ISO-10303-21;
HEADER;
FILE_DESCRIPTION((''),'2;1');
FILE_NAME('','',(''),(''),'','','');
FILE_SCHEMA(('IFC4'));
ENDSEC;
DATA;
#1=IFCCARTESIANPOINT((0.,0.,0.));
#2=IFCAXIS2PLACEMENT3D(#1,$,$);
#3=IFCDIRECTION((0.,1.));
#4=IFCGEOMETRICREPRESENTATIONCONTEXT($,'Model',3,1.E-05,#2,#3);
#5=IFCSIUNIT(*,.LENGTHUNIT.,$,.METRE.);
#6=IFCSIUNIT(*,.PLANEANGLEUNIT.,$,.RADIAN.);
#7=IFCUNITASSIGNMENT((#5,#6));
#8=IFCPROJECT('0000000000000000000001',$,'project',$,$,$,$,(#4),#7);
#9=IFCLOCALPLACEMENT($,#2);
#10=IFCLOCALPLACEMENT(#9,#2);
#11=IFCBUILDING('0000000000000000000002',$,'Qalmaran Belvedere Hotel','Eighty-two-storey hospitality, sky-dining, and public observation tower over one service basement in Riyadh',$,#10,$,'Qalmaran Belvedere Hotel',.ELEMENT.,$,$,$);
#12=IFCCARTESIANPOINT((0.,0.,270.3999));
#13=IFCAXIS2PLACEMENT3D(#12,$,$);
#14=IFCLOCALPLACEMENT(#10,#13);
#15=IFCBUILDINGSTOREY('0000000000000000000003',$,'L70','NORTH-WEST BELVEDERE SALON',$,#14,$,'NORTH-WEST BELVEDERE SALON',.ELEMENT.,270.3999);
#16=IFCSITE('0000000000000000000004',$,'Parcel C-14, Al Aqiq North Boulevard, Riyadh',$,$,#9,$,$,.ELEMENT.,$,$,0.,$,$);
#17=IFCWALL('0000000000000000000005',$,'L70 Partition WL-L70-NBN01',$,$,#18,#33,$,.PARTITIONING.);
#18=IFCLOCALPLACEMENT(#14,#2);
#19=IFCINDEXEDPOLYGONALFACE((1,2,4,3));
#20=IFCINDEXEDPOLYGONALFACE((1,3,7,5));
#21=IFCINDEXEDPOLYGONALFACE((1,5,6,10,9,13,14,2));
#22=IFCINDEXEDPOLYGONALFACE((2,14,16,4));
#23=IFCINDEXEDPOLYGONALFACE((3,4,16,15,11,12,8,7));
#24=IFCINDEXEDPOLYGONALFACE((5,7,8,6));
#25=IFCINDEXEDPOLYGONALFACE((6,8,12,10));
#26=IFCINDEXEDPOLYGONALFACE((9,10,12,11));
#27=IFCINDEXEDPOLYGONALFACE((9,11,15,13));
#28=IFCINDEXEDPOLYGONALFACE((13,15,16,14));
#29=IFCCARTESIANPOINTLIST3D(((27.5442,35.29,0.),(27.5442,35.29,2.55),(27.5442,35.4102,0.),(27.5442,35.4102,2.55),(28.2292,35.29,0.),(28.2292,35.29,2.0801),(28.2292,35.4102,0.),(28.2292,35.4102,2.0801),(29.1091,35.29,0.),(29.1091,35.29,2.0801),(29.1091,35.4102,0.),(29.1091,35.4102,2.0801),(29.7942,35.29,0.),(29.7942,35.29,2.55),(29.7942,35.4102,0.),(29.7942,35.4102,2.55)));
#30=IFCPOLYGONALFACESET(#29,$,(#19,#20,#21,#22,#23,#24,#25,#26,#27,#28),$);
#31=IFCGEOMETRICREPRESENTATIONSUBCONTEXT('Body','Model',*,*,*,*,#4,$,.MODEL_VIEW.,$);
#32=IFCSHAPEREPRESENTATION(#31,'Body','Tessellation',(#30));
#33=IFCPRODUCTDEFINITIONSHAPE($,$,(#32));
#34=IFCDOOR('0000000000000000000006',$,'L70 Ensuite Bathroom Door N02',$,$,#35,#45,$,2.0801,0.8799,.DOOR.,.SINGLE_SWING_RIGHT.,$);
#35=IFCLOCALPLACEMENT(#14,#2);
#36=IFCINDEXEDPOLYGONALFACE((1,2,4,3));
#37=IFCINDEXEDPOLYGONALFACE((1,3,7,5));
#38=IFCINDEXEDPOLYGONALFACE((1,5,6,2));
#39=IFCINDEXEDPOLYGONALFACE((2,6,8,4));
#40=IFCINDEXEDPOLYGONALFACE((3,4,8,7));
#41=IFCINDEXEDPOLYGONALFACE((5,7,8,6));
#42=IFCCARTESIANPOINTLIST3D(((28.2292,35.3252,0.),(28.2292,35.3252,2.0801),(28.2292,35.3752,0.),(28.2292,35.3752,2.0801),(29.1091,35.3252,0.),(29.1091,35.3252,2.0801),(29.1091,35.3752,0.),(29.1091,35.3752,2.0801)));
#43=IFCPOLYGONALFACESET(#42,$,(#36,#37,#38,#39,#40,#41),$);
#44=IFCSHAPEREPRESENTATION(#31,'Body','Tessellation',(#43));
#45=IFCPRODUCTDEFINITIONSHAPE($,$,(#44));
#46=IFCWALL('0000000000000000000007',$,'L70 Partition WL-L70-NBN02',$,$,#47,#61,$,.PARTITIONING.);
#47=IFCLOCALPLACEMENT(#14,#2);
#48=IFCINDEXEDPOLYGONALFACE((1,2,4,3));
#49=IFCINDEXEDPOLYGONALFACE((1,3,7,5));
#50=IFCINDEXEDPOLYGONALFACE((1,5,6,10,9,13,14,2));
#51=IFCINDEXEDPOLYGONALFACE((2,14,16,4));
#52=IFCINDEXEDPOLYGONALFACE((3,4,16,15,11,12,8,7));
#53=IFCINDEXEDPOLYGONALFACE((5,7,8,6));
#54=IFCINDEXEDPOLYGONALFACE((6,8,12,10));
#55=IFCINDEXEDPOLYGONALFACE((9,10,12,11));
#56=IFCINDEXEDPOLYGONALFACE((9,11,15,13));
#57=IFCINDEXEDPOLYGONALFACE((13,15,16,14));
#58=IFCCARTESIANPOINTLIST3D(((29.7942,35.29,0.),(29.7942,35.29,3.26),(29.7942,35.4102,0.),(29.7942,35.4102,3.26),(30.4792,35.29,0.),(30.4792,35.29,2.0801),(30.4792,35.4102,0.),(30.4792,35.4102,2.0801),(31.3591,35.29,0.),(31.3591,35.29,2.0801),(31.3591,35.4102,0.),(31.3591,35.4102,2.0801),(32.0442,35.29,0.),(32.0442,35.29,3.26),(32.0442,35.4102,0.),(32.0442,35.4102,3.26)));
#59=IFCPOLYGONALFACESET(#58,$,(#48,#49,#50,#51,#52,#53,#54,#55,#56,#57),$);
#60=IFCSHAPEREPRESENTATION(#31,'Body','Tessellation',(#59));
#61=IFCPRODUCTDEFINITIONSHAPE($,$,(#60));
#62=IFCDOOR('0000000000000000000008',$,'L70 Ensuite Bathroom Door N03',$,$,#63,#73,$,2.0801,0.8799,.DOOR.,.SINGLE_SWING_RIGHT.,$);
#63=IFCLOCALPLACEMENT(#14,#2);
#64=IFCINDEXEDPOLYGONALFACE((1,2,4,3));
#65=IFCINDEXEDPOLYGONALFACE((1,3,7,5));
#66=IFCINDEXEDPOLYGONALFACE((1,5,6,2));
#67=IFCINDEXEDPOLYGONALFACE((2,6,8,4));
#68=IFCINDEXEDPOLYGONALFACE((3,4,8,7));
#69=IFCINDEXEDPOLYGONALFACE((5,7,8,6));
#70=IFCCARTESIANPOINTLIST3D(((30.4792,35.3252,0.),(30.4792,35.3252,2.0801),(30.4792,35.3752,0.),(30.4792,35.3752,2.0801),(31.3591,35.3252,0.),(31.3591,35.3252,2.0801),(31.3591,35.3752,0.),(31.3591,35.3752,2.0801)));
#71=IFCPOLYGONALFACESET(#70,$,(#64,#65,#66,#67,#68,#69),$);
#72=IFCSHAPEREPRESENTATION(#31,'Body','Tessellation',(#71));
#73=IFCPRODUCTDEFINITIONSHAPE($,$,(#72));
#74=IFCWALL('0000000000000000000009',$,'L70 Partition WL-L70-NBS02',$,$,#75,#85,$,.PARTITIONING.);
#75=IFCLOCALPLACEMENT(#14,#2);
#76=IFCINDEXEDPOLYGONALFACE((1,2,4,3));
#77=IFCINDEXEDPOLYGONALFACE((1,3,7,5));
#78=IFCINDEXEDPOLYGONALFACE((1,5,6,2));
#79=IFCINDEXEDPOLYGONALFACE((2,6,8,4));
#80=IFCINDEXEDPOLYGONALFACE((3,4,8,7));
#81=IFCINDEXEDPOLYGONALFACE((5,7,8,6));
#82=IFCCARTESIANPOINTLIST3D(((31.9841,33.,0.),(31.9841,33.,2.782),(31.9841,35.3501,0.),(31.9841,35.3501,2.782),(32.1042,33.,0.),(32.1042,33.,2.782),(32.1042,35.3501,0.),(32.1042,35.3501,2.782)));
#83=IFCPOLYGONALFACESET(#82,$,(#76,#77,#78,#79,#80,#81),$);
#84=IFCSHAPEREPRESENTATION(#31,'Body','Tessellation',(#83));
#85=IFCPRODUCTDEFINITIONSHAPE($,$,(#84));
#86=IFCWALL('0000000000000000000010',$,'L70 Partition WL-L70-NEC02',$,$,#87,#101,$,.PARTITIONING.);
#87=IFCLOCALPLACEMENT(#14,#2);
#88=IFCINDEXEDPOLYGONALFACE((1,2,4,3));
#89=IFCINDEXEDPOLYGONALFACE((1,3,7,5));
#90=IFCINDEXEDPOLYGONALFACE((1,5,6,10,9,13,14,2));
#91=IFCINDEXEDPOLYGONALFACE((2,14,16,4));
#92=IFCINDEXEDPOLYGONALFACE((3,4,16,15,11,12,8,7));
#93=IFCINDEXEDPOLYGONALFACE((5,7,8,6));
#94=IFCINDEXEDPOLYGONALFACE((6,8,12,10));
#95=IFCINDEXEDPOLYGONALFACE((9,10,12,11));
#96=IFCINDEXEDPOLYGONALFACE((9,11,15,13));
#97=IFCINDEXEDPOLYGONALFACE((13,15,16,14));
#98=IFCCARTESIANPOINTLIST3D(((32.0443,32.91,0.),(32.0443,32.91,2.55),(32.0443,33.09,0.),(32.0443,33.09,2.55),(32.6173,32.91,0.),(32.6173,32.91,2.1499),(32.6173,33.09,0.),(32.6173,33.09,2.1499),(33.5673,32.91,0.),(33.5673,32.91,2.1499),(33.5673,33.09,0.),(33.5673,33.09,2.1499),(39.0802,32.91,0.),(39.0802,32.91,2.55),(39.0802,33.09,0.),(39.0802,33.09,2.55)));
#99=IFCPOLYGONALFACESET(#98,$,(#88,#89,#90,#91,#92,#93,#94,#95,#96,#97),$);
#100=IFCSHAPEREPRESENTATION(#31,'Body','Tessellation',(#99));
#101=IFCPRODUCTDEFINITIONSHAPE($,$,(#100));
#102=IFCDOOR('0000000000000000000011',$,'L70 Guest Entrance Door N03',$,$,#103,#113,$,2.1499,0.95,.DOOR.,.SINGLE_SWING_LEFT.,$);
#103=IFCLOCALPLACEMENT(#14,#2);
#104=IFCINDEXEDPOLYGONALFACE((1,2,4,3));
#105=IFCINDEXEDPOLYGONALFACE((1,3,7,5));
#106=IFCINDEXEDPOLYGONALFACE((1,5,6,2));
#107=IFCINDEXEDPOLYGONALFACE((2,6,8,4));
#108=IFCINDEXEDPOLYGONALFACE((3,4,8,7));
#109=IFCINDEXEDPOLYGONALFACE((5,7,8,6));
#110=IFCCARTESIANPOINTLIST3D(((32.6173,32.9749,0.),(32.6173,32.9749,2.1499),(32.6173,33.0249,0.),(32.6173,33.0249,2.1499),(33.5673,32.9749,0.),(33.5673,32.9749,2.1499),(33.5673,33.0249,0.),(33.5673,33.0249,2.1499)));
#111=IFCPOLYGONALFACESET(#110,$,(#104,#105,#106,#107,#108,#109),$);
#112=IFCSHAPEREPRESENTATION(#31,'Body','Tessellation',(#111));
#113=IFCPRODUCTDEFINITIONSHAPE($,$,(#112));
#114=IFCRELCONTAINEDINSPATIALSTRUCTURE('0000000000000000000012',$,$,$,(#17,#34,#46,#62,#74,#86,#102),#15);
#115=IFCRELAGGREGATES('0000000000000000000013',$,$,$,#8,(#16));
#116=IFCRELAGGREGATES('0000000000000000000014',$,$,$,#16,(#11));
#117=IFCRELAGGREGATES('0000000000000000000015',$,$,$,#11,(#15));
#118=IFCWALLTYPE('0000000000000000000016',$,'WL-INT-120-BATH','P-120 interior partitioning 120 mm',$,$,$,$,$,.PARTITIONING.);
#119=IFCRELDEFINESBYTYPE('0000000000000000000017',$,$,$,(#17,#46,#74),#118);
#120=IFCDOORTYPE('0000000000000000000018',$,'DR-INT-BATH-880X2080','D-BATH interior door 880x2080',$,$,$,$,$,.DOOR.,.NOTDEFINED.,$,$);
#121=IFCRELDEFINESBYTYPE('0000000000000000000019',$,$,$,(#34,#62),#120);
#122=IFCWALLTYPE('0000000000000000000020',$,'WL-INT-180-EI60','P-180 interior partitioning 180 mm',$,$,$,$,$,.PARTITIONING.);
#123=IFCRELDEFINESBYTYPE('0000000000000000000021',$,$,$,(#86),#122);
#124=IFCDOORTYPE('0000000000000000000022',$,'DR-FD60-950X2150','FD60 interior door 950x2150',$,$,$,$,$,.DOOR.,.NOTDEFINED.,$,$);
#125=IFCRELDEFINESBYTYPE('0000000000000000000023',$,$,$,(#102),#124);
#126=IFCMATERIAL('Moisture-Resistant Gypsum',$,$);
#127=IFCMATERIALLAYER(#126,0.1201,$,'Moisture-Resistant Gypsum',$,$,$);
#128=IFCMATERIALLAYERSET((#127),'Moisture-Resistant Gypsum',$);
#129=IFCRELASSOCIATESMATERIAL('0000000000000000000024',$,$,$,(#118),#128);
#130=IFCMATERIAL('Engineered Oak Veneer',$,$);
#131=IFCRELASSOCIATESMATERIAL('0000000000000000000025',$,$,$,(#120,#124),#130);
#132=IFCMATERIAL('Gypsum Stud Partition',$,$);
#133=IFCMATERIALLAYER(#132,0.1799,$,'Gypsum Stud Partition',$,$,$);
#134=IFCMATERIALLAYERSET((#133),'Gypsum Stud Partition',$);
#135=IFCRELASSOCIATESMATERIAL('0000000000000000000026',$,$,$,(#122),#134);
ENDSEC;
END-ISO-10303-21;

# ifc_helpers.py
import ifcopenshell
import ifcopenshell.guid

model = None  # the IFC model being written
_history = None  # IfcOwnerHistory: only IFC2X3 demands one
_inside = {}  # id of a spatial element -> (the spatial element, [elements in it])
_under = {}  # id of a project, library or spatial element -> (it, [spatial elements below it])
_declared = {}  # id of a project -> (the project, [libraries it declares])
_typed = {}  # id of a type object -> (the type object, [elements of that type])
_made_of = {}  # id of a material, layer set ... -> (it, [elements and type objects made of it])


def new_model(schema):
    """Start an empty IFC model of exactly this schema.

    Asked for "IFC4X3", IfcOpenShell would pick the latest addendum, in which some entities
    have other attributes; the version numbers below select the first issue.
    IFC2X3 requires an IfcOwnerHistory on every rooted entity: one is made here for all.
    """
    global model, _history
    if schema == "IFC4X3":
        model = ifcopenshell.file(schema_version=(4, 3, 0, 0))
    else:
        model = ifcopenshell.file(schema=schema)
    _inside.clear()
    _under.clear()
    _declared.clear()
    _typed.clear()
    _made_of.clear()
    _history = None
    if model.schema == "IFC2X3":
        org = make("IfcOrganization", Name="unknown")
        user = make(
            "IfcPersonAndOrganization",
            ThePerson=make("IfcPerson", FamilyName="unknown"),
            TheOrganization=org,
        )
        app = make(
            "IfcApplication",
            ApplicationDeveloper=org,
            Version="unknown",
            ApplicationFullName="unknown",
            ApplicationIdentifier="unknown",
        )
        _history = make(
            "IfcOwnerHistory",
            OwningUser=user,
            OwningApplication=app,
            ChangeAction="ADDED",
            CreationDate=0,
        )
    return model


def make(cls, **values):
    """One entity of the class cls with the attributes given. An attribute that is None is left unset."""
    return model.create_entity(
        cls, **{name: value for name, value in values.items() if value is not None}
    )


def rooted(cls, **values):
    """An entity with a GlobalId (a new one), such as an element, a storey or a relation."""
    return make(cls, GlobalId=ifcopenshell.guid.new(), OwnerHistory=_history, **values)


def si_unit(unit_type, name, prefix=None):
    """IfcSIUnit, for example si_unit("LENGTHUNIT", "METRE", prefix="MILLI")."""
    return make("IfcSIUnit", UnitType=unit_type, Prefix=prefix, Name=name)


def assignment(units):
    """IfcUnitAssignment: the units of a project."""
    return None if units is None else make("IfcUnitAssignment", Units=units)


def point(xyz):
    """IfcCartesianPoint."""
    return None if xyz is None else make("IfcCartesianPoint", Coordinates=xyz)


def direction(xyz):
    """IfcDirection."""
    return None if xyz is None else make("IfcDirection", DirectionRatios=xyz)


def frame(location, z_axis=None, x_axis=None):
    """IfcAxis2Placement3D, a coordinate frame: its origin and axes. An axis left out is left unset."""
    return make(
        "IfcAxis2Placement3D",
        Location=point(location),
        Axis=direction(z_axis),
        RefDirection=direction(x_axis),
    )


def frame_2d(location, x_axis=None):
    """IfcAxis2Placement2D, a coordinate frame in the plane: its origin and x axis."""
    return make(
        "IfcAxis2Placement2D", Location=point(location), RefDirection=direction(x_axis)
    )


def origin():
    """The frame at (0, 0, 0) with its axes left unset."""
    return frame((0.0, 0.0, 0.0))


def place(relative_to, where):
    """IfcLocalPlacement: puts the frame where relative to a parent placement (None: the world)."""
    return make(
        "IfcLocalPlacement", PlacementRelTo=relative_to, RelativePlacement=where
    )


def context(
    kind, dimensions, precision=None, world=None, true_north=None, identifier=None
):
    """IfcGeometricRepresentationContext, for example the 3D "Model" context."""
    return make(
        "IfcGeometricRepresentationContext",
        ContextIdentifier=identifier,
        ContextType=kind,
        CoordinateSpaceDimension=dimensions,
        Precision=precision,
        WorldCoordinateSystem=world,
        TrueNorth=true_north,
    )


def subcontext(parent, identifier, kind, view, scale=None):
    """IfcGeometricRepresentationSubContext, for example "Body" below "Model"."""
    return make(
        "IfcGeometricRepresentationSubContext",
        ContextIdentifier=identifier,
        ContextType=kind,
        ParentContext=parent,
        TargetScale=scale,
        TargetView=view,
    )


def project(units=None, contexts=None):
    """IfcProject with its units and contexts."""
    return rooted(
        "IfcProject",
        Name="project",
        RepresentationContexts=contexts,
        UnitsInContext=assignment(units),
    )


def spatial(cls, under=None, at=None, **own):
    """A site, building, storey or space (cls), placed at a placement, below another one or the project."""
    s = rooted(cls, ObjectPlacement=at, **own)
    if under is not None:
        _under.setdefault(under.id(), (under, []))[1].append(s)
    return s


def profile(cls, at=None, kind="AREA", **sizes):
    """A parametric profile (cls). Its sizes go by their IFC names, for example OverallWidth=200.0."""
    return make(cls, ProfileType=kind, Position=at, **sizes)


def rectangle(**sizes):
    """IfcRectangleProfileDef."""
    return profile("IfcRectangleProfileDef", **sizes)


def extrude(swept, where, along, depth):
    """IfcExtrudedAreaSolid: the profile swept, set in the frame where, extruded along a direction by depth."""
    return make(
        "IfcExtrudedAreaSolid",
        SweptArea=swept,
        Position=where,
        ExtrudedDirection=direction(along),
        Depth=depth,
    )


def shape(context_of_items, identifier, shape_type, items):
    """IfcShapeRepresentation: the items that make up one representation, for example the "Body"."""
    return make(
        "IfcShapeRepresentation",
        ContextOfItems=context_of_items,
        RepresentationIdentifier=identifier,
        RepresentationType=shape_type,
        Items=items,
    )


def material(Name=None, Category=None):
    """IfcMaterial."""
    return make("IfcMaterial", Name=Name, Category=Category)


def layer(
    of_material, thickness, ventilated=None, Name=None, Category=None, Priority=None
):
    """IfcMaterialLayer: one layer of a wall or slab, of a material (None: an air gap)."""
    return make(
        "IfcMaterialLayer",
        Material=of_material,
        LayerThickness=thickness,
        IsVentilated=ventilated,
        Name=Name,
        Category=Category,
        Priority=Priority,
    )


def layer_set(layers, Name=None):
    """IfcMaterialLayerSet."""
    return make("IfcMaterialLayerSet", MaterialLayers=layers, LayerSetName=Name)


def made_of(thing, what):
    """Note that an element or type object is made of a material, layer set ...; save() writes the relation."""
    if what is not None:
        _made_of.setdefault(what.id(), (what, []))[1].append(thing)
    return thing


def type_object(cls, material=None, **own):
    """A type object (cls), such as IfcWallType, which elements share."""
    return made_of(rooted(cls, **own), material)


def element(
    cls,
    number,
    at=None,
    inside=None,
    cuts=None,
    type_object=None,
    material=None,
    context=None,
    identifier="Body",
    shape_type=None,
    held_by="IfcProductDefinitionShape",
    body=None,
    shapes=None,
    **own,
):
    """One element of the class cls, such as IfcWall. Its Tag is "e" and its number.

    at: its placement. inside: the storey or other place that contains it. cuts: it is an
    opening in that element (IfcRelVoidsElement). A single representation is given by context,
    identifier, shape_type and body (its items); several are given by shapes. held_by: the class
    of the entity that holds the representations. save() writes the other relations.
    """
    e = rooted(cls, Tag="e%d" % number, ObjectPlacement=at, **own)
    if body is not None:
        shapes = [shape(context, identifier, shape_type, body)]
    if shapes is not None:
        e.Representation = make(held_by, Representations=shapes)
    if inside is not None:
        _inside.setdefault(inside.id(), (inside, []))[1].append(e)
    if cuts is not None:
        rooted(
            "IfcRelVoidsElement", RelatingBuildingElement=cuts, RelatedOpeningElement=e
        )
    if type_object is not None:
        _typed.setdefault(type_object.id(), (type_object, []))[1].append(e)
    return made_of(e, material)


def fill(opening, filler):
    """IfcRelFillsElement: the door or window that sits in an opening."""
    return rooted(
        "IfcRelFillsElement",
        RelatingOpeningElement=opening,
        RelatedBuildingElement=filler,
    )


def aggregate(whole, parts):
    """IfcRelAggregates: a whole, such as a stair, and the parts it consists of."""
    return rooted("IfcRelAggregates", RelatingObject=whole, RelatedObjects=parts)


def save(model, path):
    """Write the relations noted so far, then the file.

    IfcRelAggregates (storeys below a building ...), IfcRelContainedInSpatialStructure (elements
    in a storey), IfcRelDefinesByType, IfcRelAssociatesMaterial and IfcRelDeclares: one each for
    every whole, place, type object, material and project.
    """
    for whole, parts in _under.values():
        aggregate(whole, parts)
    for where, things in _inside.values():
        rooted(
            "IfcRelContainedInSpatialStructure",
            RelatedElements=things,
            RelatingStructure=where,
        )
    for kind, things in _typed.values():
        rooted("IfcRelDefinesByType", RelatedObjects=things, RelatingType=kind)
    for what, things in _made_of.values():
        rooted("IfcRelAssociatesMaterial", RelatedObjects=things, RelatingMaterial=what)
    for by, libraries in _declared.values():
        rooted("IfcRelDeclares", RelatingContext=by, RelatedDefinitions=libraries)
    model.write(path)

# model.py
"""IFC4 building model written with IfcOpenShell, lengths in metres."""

from ifc_helpers import new_model, si_unit, direction, frame, frame_2d, origin, place, context, subcontext, project, spatial, rectangle, extrude, material, layer, layer_set, type_object, element, fill, save


model = new_model("IFC4")

# Units and contexts
model_context = context("Model", 3, precision=1e-05, world=origin(), true_north=direction((0.0, 1.0)))
body_context = subcontext(model_context, "Body", "Model", "MODEL_VIEW")
ifc_project = project(units=[si_unit("LENGTHUNIT", "METRE"), si_unit("PLANEANGLEUNIT", "RADIAN")], contexts=[model_context])

# Site, building, storey
site_placement = place(None, origin())
site = spatial("IfcSite", under=ifc_project, at=site_placement, Name="Parcel C-14, Al Aqiq North Boulevard, Riyadh", CompositionType="ELEMENT", RefElevation=0.0)
building_placement = place(site_placement, origin())
building = spatial("IfcBuilding", under=site, at=building_placement, Name="Qalmaran Belvedere Hotel", Description="Eighty-two-storey hospitality, sky-dining, and public observation tower over one service basement in Riyadh", LongName="Qalmaran Belvedere Hotel", CompositionType="ELEMENT")
storey_placement = place(building_placement, frame((0.0, 0.0, 270.3999)))
storey = spatial("IfcBuildingStorey", under=building, at=storey_placement, Name="L70", Description="NORTH-WEST BELVEDERE SALON", LongName="NORTH-WEST BELVEDERE SALON", CompositionType="ELEMENT", Elevation=270.3999)

# Walls, openings, doors
ifc_material_1 = material(Name="Moisture-Resistant Gypsum")
ifc_layer_1 = layer(ifc_material_1, 0.1201, Name="Moisture-Resistant Gypsum")
ifc_layer_set_1 = layer_set([ifc_layer_1], Name="Moisture-Resistant Gypsum")
wall_type_1 = type_object("IfcWallType", Name="WL-INT-120-BATH", Description="P-120 interior partitioning 120 mm", PredefinedType="PARTITIONING", material=ifc_layer_set_1)
wall_1_placement = place(storey_placement, frame((27.5442, 35.3501, 0.0), z_axis=(0.0, 0.0, 1.0), x_axis=(1.0, 0.0, 0.0)))
wall_1 = element("IfcWall", 1, at=wall_1_placement, inside=storey, type_object=wall_type_1, Name="L70 Partition WL-L70-NBN01", PredefinedType="PARTITIONING", context=body_context, shape_type="SweptSolid", body=[
    extrude(rectangle(XDim=2.25, YDim=0.1201, at=frame_2d((1.125, 0.0))), origin(), (0.0, 0.0, 1.0), 2.55),
])
opening_1_placement = place(wall_1_placement, frame((1.5649, 0.0, 0.0), z_axis=(0.0, 0.0, 1.0), x_axis=(-1.0, 0.0, 0.0)))
opening_1 = element("IfcOpeningElement", 2, at=opening_1_placement, cuts=wall_1, PredefinedType="OPENING", context=body_context, shape_type="SweptSolid", body=[
    extrude(rectangle(XDim=0.8799, YDim=2.0801, at=frame_2d((0.4399, 1.04))), frame((0.0, 0.0701, 0.0), z_axis=(0.0, -1.0, 0.0), x_axis=(1.0, 0.0, 0.0)), (0.0, 0.0, 1.0), 0.1401),
])
ifc_material_2 = material(Name="Engineered Oak Veneer")
door_type_1 = type_object("IfcDoorType", Name="DR-INT-BATH-880X2080", Description="D-BATH interior door 880x2080", OperationType="NOTDEFINED", PredefinedType="DOOR", material=ifc_material_2)
door_1_placement = place(opening_1_placement, origin())
door_1 = element("IfcDoor", 3, at=door_1_placement, inside=storey, type_object=door_type_1, Name="L70 Ensuite Bathroom Door N02", OperationType="SINGLE_SWING_RIGHT", OverallHeight=2.0801, OverallWidth=0.8799, PredefinedType="DOOR", context=body_context, shape_type="SweptSolid", body=[
    extrude(rectangle(XDim=0.8799, YDim=2.0801, at=frame_2d((0.4399, 1.04))), frame((0.0, 0.0249, 0.0), z_axis=(0.0, -1.0, 0.0), x_axis=(1.0, 0.0, 0.0)), (0.0, 0.0, 1.0), 0.05),
])
fill(opening_1, door_1)
wall_2_placement = place(storey_placement, frame((29.7942, 35.3501, 0.0), z_axis=(0.0, 0.0, 1.0), x_axis=(1.0, 0.0, 0.0)))
wall_2 = element("IfcWall", 4, at=wall_2_placement, inside=storey, type_object=wall_type_1, Name="L70 Partition WL-L70-NBN02", PredefinedType="PARTITIONING", context=body_context, shape_type="SweptSolid", body=[
    extrude(rectangle(XDim=2.25, YDim=0.1201, at=frame_2d((1.125, 0.0))), origin(), (0.0, 0.0, 1.0), 3.26),
])
opening_2_placement = place(wall_2_placement, frame((1.5649, 0.0, 0.0), z_axis=(0.0, 0.0, 1.0), x_axis=(-1.0, 0.0, 0.0)))
opening_2 = element("IfcOpeningElement", 5, at=opening_2_placement, cuts=wall_2, PredefinedType="OPENING", context=body_context, shape_type="SweptSolid", body=[
    extrude(rectangle(XDim=0.8799, YDim=2.0801, at=frame_2d((0.4399, 1.04))), frame((0.0, 0.0701, 0.0), z_axis=(0.0, -1.0, 0.0), x_axis=(1.0, 0.0, 0.0)), (0.0, 0.0, 1.0), 0.1401),
])
door_2_placement = place(opening_2_placement, origin())
door_2 = element("IfcDoor", 6, at=door_2_placement, inside=storey, type_object=door_type_1, Name="L70 Ensuite Bathroom Door N03", OperationType="SINGLE_SWING_RIGHT", OverallHeight=2.0801, OverallWidth=0.8799, PredefinedType="DOOR", context=body_context, shape_type="SweptSolid", body=[
    extrude(rectangle(XDim=0.8799, YDim=2.0801, at=frame_2d((0.4399, 1.04))), frame((0.0, 0.0249, 0.0), z_axis=(0.0, -1.0, 0.0), x_axis=(1.0, 0.0, 0.0)), (0.0, 0.0, 1.0), 0.05),
])
fill(opening_2, door_2)

# Wall
wall_3_placement = place(storey_placement, frame((32.0442, 33.0, 0.0), z_axis=(0.0, 0.0, 1.0), x_axis=(0.0, 1.0, 0.0)))
element("IfcWall", 7, at=wall_3_placement, inside=storey, type_object=wall_type_1, Name="L70 Partition WL-L70-NBS02", PredefinedType="PARTITIONING", context=body_context, shape_type="SweptSolid", body=[
    extrude(rectangle(XDim=2.3501, YDim=0.1201, at=frame_2d((1.175, 0.0))), origin(), (0.0, 0.0, 1.0), 2.782),
])

# Wall, opening, door
ifc_material_3 = material(Name="Gypsum Stud Partition")
ifc_layer_2 = layer(ifc_material_3, 0.1799, Name="Gypsum Stud Partition")
ifc_layer_set_2 = layer_set([ifc_layer_2], Name="Gypsum Stud Partition")
wall_type_2 = type_object("IfcWallType", Name="WL-INT-180-EI60", Description="P-180 interior partitioning 180 mm", PredefinedType="PARTITIONING", material=ifc_layer_set_2)
wall_4_placement = place(storey_placement, frame((32.0442, 33.0, 0.0), z_axis=(0.0, 0.0, 1.0), x_axis=(1.0, 0.0, 0.0)))
wall_4 = element("IfcWall", 8, at=wall_4_placement, inside=storey, type_object=wall_type_2, Name="L70 Partition WL-L70-NEC02", PredefinedType="PARTITIONING", context=body_context, shape_type="SweptSolid", body=[
    extrude(rectangle(XDim=7.0359, YDim=0.1799, at=frame_2d((3.5181, 0.0))), origin(), (0.0, 0.0, 1.0), 2.55),
])
opening_3_placement = place(wall_4_placement, frame((0.573, 0.0, 0.0)))
opening_3 = element("IfcOpeningElement", 9, at=opening_3_placement, cuts=wall_4, PredefinedType="OPENING", context=body_context, shape_type="SweptSolid", body=[
    extrude(rectangle(XDim=0.95, YDim=2.1499, at=frame_2d((0.4751, 1.075))), frame((0.0, 0.1001, 0.0), z_axis=(0.0, -1.0, 0.0), x_axis=(1.0, 0.0, 0.0)), (0.0, 0.0, 1.0), 0.2),
])
door_type_2 = type_object("IfcDoorType", Name="DR-FD60-950X2150", Description="FD60 interior door 950x2150", OperationType="NOTDEFINED", PredefinedType="DOOR", material=ifc_material_2)
door_3_placement = place(opening_3_placement, origin())
door_3 = element("IfcDoor", 10, at=door_3_placement, inside=storey, type_object=door_type_2, Name="L70 Guest Entrance Door N03", OperationType="SINGLE_SWING_LEFT", OverallHeight=2.1499, OverallWidth=0.95, PredefinedType="DOOR", context=body_context, shape_type="SweptSolid", body=[
    extrude(rectangle(XDim=0.95, YDim=2.1499, at=frame_2d((0.4751, 1.075))), frame((0.0, 0.0249, 0.0), z_axis=(0.0, -1.0, 0.0), x_axis=(1.0, 0.0, 0.0)), (0.0, 0.0, 1.0), 0.05),
])
fill(opening_3, door_3)

save(model, "model.ifc")
